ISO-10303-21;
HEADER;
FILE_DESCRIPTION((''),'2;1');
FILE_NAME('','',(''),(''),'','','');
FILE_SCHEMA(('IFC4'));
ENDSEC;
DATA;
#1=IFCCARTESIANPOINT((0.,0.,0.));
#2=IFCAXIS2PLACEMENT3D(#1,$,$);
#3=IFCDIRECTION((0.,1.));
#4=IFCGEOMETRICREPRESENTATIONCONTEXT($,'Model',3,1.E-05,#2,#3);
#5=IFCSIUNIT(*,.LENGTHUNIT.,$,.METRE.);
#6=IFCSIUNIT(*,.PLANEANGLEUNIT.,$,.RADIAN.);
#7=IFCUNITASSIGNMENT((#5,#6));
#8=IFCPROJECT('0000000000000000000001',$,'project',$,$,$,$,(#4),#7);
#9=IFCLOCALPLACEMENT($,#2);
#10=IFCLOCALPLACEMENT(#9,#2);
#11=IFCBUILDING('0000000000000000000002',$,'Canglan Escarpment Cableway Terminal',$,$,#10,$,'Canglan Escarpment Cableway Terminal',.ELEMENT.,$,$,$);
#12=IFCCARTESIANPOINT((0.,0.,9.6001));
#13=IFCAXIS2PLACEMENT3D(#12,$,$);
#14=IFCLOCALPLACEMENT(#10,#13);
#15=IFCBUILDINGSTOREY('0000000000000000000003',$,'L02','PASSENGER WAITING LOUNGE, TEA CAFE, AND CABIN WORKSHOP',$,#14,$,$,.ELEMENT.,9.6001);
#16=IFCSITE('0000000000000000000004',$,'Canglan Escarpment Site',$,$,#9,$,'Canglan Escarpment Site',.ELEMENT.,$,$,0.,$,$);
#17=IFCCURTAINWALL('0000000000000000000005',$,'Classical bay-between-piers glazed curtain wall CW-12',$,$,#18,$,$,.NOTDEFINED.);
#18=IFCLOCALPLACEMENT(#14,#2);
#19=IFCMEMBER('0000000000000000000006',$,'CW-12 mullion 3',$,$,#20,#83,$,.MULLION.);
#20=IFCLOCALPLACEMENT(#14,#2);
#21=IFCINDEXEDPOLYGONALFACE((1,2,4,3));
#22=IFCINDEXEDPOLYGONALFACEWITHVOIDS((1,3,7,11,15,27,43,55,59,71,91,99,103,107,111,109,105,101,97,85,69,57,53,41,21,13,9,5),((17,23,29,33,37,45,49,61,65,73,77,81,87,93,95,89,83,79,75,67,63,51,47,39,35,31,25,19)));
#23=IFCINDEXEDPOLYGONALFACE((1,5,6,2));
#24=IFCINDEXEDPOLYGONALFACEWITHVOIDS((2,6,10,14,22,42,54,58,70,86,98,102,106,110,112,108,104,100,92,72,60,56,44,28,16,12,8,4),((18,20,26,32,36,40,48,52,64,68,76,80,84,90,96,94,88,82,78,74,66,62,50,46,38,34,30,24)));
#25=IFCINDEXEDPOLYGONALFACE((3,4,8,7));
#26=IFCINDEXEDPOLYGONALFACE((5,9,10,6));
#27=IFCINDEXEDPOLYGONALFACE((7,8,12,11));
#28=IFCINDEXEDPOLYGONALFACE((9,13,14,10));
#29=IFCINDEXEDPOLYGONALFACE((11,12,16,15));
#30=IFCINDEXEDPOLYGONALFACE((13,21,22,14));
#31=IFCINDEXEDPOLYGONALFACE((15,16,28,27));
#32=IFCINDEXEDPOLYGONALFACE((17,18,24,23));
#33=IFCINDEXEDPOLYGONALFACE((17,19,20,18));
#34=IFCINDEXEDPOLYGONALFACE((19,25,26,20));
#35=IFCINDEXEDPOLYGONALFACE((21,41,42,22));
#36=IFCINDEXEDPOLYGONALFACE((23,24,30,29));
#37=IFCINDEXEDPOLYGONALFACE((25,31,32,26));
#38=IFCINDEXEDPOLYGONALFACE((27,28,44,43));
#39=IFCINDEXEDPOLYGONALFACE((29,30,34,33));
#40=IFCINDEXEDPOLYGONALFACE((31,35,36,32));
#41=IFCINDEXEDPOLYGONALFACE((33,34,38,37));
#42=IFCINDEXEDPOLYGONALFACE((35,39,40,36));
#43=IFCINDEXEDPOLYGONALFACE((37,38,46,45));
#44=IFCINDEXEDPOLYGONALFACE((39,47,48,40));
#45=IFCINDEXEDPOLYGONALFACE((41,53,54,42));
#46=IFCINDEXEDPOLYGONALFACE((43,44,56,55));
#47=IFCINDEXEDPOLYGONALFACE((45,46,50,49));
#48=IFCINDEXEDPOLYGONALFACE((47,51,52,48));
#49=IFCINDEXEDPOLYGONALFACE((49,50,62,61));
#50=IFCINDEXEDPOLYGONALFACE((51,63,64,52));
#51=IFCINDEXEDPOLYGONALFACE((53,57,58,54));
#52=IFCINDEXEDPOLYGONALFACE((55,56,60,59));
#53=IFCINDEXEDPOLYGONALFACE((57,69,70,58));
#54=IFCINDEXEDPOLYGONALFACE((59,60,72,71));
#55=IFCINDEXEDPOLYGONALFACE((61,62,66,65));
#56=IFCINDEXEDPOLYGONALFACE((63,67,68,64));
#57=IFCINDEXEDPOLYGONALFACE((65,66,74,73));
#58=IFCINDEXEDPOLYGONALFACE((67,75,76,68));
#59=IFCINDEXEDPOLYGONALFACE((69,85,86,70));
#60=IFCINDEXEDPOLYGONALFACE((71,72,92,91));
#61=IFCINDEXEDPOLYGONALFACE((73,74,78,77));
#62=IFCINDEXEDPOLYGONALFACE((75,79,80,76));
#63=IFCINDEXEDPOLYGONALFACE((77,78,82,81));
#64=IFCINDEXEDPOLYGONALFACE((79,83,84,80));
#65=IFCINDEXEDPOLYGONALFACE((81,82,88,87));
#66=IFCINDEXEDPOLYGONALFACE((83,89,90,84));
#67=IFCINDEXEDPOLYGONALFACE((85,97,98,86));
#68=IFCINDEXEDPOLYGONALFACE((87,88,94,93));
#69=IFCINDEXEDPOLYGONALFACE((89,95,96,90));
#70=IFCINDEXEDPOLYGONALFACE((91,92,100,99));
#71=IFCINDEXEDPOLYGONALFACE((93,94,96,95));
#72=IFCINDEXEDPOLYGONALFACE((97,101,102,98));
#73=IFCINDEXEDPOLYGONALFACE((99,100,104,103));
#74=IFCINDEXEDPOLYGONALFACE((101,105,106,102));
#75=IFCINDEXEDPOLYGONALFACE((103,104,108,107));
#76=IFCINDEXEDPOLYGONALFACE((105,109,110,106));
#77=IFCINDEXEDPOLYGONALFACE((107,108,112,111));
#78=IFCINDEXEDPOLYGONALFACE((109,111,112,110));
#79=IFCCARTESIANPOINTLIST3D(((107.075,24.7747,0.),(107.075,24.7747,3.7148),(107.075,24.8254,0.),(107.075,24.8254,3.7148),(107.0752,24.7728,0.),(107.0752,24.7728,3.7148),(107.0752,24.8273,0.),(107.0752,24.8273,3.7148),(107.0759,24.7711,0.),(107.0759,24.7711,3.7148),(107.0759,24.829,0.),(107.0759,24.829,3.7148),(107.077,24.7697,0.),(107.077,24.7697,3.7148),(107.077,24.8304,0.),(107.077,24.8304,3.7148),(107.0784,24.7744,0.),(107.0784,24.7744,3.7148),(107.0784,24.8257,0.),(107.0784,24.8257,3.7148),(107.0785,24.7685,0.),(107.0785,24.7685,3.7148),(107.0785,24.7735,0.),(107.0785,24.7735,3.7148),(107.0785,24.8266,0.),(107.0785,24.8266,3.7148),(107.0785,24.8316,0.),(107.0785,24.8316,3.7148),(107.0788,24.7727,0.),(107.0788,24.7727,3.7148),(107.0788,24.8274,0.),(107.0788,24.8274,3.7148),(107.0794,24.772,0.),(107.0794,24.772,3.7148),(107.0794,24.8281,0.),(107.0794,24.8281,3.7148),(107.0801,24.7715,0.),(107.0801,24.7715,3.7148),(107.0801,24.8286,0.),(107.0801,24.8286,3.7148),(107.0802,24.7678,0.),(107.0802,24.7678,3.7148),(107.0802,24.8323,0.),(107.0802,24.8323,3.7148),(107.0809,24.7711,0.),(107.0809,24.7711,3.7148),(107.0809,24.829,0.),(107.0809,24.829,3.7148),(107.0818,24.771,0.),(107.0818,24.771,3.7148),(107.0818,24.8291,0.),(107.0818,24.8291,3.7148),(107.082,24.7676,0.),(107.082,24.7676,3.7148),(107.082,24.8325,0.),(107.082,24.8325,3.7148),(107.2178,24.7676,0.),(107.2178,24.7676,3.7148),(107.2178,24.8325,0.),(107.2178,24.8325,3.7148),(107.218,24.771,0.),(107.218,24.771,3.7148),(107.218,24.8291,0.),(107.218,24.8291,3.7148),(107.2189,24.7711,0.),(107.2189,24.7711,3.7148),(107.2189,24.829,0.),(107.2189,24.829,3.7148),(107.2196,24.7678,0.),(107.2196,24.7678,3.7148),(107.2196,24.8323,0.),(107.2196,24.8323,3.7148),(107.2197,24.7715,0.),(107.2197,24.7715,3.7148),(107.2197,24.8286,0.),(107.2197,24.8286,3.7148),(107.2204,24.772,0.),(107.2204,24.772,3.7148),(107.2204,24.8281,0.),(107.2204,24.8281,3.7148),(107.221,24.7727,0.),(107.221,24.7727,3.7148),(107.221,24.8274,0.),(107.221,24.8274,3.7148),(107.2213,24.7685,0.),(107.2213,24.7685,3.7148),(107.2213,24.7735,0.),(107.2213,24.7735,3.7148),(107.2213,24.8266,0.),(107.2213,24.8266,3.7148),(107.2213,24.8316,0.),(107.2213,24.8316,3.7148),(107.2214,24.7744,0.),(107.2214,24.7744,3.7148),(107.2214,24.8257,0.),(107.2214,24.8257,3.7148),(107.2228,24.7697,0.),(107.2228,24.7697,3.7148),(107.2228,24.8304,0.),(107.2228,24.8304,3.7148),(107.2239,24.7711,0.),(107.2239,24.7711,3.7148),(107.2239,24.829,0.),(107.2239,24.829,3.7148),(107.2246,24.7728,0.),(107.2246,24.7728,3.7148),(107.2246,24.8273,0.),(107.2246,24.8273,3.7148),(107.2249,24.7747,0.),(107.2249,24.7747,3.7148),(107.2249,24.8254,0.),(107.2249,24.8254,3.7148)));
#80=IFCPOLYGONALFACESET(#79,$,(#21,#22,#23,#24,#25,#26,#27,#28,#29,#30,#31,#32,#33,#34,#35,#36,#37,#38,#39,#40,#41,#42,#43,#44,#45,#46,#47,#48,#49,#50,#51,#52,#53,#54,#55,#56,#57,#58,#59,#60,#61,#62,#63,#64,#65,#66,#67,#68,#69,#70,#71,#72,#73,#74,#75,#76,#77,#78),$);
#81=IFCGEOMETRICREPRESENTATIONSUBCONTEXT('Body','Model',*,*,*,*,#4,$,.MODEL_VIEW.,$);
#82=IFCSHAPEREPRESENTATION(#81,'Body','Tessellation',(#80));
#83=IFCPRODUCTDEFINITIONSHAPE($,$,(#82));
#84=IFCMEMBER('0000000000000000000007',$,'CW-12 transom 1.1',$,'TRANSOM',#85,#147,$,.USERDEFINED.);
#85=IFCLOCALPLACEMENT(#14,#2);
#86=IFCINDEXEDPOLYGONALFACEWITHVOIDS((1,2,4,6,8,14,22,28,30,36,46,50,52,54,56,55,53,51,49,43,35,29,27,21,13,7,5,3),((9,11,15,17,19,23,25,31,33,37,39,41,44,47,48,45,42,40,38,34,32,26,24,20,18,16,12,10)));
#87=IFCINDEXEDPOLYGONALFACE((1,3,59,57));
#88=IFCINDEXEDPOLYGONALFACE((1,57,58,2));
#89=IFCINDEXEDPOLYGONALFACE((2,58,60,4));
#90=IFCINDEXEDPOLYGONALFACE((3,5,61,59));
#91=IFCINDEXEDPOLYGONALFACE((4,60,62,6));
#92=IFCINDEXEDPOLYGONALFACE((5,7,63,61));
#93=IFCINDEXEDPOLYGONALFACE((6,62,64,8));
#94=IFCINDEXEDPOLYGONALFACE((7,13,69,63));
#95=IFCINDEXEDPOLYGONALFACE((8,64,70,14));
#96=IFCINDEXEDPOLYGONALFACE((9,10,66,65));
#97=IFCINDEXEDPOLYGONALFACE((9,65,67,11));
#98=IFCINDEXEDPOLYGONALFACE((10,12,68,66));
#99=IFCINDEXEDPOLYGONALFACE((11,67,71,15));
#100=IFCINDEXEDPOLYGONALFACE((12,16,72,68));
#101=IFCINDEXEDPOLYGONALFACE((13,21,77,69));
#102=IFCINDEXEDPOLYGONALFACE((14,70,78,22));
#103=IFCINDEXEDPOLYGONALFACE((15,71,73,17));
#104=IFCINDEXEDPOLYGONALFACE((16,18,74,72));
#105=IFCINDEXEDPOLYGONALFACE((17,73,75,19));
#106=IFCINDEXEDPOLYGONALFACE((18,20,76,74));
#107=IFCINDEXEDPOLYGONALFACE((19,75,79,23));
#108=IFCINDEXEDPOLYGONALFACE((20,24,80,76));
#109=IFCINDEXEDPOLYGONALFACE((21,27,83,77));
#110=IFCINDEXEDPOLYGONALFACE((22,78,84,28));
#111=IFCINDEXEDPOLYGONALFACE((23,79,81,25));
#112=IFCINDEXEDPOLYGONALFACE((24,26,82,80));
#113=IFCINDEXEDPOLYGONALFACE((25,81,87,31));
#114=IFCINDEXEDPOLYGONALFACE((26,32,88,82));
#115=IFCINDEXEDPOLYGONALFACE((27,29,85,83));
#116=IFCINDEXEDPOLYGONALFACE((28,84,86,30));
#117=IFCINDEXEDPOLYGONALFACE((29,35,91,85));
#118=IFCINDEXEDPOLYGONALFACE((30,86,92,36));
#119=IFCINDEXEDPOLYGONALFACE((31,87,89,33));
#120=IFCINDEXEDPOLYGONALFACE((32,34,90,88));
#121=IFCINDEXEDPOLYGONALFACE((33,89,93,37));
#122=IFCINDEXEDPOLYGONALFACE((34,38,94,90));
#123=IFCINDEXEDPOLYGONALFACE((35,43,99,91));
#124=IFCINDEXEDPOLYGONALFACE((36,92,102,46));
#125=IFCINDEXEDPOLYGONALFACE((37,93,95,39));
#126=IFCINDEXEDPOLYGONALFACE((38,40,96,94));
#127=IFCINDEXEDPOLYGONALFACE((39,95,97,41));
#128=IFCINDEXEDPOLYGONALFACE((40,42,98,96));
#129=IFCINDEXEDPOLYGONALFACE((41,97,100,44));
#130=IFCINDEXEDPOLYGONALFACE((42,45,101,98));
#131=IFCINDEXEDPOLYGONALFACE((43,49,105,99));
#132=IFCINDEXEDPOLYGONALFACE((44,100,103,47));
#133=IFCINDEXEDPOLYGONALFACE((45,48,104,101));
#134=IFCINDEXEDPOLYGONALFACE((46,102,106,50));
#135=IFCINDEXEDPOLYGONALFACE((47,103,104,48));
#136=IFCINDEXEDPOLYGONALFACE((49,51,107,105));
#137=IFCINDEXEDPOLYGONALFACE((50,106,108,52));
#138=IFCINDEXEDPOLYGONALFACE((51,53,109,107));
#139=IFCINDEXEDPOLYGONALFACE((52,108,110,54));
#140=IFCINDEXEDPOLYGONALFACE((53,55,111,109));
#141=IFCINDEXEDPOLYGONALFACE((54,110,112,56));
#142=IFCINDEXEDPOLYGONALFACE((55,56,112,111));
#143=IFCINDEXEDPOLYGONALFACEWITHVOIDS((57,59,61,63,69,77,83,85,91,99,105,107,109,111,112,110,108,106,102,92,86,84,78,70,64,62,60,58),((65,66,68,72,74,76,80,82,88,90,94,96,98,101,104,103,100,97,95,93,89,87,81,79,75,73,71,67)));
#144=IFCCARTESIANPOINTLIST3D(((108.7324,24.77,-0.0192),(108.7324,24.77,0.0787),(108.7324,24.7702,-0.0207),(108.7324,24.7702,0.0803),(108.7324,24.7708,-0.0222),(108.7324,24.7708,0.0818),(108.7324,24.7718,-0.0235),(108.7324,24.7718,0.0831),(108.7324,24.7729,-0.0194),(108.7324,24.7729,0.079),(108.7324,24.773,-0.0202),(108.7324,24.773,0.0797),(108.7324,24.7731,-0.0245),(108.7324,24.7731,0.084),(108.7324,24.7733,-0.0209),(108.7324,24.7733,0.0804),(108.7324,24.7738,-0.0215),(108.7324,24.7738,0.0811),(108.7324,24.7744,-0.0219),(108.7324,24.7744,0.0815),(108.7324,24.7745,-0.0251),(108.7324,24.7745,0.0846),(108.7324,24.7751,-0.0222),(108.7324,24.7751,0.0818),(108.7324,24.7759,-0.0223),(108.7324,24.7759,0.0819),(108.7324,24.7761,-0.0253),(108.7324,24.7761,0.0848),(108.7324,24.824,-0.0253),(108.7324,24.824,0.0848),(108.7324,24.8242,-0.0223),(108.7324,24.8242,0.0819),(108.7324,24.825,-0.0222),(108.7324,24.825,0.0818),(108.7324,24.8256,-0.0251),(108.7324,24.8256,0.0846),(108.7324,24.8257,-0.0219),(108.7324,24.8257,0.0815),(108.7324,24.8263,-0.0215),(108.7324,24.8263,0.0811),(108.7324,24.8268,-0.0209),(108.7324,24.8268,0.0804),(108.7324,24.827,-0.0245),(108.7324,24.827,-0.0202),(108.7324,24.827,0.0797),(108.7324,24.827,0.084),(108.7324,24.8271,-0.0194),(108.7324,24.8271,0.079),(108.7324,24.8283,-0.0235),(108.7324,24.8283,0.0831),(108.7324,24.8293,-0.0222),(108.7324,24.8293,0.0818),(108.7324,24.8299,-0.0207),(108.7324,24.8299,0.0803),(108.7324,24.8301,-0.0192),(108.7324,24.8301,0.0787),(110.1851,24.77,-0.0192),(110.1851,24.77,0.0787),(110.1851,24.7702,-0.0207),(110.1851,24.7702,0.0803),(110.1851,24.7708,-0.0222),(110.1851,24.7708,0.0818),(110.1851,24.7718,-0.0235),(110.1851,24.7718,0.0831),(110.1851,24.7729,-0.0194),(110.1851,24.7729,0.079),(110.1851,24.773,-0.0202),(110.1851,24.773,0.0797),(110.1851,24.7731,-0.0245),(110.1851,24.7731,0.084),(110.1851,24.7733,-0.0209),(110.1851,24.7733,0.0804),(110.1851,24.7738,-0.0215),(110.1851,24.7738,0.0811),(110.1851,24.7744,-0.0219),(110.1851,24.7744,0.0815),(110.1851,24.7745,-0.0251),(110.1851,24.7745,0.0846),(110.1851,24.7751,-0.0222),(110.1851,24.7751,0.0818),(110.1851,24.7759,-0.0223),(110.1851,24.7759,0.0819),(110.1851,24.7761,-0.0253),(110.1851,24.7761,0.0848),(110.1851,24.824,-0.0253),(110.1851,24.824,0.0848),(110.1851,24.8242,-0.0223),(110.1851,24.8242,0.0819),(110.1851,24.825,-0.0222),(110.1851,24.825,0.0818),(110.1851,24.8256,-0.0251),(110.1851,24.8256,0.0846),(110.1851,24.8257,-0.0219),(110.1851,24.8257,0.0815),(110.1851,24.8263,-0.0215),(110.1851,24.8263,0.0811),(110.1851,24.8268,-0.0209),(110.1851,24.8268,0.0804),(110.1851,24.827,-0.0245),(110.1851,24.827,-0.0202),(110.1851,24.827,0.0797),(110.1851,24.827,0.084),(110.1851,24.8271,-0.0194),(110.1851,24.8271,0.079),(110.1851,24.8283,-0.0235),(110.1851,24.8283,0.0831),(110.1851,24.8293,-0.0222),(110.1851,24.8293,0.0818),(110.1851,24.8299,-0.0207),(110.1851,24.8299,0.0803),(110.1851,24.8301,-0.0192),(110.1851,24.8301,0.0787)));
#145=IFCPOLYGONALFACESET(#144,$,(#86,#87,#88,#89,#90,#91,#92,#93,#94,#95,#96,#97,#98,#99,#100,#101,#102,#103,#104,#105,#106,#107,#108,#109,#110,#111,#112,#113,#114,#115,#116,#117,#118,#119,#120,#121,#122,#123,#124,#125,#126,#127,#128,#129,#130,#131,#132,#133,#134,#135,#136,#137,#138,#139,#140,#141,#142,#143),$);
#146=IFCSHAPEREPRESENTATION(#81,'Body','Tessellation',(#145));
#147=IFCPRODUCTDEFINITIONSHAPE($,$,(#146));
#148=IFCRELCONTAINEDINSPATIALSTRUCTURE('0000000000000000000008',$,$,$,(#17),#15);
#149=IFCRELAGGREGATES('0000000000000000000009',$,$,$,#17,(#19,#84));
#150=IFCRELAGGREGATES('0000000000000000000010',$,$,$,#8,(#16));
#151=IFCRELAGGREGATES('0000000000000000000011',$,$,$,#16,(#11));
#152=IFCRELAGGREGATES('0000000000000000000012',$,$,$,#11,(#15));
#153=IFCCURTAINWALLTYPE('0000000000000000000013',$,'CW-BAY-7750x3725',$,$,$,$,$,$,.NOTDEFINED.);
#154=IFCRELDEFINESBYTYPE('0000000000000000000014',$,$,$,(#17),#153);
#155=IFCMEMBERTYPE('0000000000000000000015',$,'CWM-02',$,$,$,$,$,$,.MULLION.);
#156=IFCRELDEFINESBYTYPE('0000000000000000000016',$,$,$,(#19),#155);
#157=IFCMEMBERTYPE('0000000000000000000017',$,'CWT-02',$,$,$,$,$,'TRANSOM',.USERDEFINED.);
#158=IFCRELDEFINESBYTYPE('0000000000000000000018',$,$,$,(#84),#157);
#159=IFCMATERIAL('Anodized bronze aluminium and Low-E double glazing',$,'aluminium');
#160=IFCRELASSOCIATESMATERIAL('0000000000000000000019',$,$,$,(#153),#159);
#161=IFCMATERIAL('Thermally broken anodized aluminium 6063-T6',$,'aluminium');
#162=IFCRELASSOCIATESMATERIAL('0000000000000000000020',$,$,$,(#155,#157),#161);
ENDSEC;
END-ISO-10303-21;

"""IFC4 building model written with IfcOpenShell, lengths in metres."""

from ifc_helpers import new_model, si_unit, direction, frame, origin, origin_2d, place, context, subcontext, project, spatial, hollow_rectangle, extrude, material, material_profile, profile_set, type_object, element, aggregate, save


model = new_model("IFC4")

# Units and contexts
model_context = context("Model", 3, precision=1e-05, world=origin(), true_north=direction((0.0, 1.0)))
body_context = subcontext(model_context, "Body", "Model", "MODEL_VIEW")
ifc_project = project(units=[si_unit("LENGTHUNIT", "METRE"), si_unit("PLANEANGLEUNIT", "RADIAN")], contexts=[model_context])

# Site, building, storey
site_placement = place(None, origin())
site = spatial("IfcSite", under=ifc_project, at=site_placement, Name="Canglan Escarpment Site", LongName="Canglan Escarpment Site", CompositionType="ELEMENT", RefElevation=0.0)
building_placement = place(site_placement, origin())
building = spatial("IfcBuilding", under=site, at=building_placement, Name="Canglan Escarpment Cableway Terminal", LongName="Canglan Escarpment Cableway Terminal", CompositionType="ELEMENT")
storey_placement = place(building_placement, frame((0.0, 0.0, 9.6001)))
storey = spatial("IfcBuildingStorey", under=building, at=storey_placement, Name="L02", Description="PASSENGER WAITING LOUNGE, TEA CAFE, AND CABIN WORKSHOP", CompositionType="ELEMENT", Elevation=9.6001)

# Curtain wall, members
ifc_material_1 = material(Name="Anodized bronze aluminium and Low-E double glazing", Category="aluminium")
curtain_wall_type = type_object("IfcCurtainWallType", Name="CW-BAY-7750x3725", PredefinedType="NOTDEFINED", material=ifc_material_1)
curtain_wall_placement = place(storey_placement, origin())
curtain_wall = element("IfcCurtainWall", 1, at=curtain_wall_placement, inside=storey, type_object=curtain_wall_type, Name="Classical bay-between-piers glazed curtain wall CW-12", PredefinedType="NOTDEFINED")
ifc_material_2 = material(Name="Thermally broken anodized aluminium 6063-T6", Category="aluminium")
ifc_material_profile_1 = material_profile(ifc_material_2, hollow_rectangle(XDim=0.0649, YDim=0.1499, WallThickness=0.0034, InnerFilletRadius=0.0034, OuterFilletRadius=0.0071, at=origin_2d()), Name="ALU-MULL 65x150x3.5")
ifc_profile_set_1 = profile_set([ifc_material_profile_1], Name="Thermally broken anodized aluminium 6063-T6")
member_type_1 = type_object("IfcMemberType", Name="CWM-02", PredefinedType="MULLION", material=ifc_profile_set_1)
member_1_placement = place(storey_placement, frame((107.1499, 24.8, 0.0), z_axis=(0.0, 0.0, 1.0), x_axis=(0.0, -1.0, 0.0)))
member_1 = element("IfcMember", 2, at=member_1_placement, type_object=member_type_1, Name="CW-12 mullion 3", PredefinedType="MULLION", context=body_context, shape_type="SweptSolid", body=[
    extrude(hollow_rectangle(XDim=0.0649, YDim=0.1499, WallThickness=0.0034, InnerFilletRadius=0.0034, OuterFilletRadius=0.0071, at=origin_2d()), origin(), (0.0, 0.0, 1.0), 3.7148),
])
ifc_material_profile_2 = material_profile(ifc_material_2, hollow_rectangle(XDim=0.0601, YDim=0.1101, WallThickness=0.0029, InnerFilletRadius=0.0029, OuterFilletRadius=0.0061, at=origin_2d()), Name="ALU-TRAN 60x110x3")
ifc_profile_set_2 = profile_set([ifc_material_profile_2], Name="Thermally broken anodized aluminium 6063-T6")
member_type_2 = type_object("IfcMemberType", Name="CWT-02", ElementType="TRANSOM", PredefinedType="USERDEFINED", material=ifc_profile_set_2)
member_2_placement = place(storey_placement, frame((110.1851, 24.8, 0.0298), z_axis=(-1.0, 0.0, 0.0), x_axis=(0.0, -1.0, 0.0)))
member_2 = element("IfcMember", 3, at=member_2_placement, type_object=member_type_2, Name="CW-12 transom 1.1", ObjectType="TRANSOM", PredefinedType="USERDEFINED", context=body_context, shape_type="SweptSolid", body=[
    extrude(hollow_rectangle(XDim=0.0601, YDim=0.1101, WallThickness=0.0029, InnerFilletRadius=0.0029, OuterFilletRadius=0.0061, at=origin_2d()), origin(), (0.0, 0.0, 1.0), 1.4526),
])
aggregate(curtain_wall, [member_1, member_2])

save(model, "model.ifc")
